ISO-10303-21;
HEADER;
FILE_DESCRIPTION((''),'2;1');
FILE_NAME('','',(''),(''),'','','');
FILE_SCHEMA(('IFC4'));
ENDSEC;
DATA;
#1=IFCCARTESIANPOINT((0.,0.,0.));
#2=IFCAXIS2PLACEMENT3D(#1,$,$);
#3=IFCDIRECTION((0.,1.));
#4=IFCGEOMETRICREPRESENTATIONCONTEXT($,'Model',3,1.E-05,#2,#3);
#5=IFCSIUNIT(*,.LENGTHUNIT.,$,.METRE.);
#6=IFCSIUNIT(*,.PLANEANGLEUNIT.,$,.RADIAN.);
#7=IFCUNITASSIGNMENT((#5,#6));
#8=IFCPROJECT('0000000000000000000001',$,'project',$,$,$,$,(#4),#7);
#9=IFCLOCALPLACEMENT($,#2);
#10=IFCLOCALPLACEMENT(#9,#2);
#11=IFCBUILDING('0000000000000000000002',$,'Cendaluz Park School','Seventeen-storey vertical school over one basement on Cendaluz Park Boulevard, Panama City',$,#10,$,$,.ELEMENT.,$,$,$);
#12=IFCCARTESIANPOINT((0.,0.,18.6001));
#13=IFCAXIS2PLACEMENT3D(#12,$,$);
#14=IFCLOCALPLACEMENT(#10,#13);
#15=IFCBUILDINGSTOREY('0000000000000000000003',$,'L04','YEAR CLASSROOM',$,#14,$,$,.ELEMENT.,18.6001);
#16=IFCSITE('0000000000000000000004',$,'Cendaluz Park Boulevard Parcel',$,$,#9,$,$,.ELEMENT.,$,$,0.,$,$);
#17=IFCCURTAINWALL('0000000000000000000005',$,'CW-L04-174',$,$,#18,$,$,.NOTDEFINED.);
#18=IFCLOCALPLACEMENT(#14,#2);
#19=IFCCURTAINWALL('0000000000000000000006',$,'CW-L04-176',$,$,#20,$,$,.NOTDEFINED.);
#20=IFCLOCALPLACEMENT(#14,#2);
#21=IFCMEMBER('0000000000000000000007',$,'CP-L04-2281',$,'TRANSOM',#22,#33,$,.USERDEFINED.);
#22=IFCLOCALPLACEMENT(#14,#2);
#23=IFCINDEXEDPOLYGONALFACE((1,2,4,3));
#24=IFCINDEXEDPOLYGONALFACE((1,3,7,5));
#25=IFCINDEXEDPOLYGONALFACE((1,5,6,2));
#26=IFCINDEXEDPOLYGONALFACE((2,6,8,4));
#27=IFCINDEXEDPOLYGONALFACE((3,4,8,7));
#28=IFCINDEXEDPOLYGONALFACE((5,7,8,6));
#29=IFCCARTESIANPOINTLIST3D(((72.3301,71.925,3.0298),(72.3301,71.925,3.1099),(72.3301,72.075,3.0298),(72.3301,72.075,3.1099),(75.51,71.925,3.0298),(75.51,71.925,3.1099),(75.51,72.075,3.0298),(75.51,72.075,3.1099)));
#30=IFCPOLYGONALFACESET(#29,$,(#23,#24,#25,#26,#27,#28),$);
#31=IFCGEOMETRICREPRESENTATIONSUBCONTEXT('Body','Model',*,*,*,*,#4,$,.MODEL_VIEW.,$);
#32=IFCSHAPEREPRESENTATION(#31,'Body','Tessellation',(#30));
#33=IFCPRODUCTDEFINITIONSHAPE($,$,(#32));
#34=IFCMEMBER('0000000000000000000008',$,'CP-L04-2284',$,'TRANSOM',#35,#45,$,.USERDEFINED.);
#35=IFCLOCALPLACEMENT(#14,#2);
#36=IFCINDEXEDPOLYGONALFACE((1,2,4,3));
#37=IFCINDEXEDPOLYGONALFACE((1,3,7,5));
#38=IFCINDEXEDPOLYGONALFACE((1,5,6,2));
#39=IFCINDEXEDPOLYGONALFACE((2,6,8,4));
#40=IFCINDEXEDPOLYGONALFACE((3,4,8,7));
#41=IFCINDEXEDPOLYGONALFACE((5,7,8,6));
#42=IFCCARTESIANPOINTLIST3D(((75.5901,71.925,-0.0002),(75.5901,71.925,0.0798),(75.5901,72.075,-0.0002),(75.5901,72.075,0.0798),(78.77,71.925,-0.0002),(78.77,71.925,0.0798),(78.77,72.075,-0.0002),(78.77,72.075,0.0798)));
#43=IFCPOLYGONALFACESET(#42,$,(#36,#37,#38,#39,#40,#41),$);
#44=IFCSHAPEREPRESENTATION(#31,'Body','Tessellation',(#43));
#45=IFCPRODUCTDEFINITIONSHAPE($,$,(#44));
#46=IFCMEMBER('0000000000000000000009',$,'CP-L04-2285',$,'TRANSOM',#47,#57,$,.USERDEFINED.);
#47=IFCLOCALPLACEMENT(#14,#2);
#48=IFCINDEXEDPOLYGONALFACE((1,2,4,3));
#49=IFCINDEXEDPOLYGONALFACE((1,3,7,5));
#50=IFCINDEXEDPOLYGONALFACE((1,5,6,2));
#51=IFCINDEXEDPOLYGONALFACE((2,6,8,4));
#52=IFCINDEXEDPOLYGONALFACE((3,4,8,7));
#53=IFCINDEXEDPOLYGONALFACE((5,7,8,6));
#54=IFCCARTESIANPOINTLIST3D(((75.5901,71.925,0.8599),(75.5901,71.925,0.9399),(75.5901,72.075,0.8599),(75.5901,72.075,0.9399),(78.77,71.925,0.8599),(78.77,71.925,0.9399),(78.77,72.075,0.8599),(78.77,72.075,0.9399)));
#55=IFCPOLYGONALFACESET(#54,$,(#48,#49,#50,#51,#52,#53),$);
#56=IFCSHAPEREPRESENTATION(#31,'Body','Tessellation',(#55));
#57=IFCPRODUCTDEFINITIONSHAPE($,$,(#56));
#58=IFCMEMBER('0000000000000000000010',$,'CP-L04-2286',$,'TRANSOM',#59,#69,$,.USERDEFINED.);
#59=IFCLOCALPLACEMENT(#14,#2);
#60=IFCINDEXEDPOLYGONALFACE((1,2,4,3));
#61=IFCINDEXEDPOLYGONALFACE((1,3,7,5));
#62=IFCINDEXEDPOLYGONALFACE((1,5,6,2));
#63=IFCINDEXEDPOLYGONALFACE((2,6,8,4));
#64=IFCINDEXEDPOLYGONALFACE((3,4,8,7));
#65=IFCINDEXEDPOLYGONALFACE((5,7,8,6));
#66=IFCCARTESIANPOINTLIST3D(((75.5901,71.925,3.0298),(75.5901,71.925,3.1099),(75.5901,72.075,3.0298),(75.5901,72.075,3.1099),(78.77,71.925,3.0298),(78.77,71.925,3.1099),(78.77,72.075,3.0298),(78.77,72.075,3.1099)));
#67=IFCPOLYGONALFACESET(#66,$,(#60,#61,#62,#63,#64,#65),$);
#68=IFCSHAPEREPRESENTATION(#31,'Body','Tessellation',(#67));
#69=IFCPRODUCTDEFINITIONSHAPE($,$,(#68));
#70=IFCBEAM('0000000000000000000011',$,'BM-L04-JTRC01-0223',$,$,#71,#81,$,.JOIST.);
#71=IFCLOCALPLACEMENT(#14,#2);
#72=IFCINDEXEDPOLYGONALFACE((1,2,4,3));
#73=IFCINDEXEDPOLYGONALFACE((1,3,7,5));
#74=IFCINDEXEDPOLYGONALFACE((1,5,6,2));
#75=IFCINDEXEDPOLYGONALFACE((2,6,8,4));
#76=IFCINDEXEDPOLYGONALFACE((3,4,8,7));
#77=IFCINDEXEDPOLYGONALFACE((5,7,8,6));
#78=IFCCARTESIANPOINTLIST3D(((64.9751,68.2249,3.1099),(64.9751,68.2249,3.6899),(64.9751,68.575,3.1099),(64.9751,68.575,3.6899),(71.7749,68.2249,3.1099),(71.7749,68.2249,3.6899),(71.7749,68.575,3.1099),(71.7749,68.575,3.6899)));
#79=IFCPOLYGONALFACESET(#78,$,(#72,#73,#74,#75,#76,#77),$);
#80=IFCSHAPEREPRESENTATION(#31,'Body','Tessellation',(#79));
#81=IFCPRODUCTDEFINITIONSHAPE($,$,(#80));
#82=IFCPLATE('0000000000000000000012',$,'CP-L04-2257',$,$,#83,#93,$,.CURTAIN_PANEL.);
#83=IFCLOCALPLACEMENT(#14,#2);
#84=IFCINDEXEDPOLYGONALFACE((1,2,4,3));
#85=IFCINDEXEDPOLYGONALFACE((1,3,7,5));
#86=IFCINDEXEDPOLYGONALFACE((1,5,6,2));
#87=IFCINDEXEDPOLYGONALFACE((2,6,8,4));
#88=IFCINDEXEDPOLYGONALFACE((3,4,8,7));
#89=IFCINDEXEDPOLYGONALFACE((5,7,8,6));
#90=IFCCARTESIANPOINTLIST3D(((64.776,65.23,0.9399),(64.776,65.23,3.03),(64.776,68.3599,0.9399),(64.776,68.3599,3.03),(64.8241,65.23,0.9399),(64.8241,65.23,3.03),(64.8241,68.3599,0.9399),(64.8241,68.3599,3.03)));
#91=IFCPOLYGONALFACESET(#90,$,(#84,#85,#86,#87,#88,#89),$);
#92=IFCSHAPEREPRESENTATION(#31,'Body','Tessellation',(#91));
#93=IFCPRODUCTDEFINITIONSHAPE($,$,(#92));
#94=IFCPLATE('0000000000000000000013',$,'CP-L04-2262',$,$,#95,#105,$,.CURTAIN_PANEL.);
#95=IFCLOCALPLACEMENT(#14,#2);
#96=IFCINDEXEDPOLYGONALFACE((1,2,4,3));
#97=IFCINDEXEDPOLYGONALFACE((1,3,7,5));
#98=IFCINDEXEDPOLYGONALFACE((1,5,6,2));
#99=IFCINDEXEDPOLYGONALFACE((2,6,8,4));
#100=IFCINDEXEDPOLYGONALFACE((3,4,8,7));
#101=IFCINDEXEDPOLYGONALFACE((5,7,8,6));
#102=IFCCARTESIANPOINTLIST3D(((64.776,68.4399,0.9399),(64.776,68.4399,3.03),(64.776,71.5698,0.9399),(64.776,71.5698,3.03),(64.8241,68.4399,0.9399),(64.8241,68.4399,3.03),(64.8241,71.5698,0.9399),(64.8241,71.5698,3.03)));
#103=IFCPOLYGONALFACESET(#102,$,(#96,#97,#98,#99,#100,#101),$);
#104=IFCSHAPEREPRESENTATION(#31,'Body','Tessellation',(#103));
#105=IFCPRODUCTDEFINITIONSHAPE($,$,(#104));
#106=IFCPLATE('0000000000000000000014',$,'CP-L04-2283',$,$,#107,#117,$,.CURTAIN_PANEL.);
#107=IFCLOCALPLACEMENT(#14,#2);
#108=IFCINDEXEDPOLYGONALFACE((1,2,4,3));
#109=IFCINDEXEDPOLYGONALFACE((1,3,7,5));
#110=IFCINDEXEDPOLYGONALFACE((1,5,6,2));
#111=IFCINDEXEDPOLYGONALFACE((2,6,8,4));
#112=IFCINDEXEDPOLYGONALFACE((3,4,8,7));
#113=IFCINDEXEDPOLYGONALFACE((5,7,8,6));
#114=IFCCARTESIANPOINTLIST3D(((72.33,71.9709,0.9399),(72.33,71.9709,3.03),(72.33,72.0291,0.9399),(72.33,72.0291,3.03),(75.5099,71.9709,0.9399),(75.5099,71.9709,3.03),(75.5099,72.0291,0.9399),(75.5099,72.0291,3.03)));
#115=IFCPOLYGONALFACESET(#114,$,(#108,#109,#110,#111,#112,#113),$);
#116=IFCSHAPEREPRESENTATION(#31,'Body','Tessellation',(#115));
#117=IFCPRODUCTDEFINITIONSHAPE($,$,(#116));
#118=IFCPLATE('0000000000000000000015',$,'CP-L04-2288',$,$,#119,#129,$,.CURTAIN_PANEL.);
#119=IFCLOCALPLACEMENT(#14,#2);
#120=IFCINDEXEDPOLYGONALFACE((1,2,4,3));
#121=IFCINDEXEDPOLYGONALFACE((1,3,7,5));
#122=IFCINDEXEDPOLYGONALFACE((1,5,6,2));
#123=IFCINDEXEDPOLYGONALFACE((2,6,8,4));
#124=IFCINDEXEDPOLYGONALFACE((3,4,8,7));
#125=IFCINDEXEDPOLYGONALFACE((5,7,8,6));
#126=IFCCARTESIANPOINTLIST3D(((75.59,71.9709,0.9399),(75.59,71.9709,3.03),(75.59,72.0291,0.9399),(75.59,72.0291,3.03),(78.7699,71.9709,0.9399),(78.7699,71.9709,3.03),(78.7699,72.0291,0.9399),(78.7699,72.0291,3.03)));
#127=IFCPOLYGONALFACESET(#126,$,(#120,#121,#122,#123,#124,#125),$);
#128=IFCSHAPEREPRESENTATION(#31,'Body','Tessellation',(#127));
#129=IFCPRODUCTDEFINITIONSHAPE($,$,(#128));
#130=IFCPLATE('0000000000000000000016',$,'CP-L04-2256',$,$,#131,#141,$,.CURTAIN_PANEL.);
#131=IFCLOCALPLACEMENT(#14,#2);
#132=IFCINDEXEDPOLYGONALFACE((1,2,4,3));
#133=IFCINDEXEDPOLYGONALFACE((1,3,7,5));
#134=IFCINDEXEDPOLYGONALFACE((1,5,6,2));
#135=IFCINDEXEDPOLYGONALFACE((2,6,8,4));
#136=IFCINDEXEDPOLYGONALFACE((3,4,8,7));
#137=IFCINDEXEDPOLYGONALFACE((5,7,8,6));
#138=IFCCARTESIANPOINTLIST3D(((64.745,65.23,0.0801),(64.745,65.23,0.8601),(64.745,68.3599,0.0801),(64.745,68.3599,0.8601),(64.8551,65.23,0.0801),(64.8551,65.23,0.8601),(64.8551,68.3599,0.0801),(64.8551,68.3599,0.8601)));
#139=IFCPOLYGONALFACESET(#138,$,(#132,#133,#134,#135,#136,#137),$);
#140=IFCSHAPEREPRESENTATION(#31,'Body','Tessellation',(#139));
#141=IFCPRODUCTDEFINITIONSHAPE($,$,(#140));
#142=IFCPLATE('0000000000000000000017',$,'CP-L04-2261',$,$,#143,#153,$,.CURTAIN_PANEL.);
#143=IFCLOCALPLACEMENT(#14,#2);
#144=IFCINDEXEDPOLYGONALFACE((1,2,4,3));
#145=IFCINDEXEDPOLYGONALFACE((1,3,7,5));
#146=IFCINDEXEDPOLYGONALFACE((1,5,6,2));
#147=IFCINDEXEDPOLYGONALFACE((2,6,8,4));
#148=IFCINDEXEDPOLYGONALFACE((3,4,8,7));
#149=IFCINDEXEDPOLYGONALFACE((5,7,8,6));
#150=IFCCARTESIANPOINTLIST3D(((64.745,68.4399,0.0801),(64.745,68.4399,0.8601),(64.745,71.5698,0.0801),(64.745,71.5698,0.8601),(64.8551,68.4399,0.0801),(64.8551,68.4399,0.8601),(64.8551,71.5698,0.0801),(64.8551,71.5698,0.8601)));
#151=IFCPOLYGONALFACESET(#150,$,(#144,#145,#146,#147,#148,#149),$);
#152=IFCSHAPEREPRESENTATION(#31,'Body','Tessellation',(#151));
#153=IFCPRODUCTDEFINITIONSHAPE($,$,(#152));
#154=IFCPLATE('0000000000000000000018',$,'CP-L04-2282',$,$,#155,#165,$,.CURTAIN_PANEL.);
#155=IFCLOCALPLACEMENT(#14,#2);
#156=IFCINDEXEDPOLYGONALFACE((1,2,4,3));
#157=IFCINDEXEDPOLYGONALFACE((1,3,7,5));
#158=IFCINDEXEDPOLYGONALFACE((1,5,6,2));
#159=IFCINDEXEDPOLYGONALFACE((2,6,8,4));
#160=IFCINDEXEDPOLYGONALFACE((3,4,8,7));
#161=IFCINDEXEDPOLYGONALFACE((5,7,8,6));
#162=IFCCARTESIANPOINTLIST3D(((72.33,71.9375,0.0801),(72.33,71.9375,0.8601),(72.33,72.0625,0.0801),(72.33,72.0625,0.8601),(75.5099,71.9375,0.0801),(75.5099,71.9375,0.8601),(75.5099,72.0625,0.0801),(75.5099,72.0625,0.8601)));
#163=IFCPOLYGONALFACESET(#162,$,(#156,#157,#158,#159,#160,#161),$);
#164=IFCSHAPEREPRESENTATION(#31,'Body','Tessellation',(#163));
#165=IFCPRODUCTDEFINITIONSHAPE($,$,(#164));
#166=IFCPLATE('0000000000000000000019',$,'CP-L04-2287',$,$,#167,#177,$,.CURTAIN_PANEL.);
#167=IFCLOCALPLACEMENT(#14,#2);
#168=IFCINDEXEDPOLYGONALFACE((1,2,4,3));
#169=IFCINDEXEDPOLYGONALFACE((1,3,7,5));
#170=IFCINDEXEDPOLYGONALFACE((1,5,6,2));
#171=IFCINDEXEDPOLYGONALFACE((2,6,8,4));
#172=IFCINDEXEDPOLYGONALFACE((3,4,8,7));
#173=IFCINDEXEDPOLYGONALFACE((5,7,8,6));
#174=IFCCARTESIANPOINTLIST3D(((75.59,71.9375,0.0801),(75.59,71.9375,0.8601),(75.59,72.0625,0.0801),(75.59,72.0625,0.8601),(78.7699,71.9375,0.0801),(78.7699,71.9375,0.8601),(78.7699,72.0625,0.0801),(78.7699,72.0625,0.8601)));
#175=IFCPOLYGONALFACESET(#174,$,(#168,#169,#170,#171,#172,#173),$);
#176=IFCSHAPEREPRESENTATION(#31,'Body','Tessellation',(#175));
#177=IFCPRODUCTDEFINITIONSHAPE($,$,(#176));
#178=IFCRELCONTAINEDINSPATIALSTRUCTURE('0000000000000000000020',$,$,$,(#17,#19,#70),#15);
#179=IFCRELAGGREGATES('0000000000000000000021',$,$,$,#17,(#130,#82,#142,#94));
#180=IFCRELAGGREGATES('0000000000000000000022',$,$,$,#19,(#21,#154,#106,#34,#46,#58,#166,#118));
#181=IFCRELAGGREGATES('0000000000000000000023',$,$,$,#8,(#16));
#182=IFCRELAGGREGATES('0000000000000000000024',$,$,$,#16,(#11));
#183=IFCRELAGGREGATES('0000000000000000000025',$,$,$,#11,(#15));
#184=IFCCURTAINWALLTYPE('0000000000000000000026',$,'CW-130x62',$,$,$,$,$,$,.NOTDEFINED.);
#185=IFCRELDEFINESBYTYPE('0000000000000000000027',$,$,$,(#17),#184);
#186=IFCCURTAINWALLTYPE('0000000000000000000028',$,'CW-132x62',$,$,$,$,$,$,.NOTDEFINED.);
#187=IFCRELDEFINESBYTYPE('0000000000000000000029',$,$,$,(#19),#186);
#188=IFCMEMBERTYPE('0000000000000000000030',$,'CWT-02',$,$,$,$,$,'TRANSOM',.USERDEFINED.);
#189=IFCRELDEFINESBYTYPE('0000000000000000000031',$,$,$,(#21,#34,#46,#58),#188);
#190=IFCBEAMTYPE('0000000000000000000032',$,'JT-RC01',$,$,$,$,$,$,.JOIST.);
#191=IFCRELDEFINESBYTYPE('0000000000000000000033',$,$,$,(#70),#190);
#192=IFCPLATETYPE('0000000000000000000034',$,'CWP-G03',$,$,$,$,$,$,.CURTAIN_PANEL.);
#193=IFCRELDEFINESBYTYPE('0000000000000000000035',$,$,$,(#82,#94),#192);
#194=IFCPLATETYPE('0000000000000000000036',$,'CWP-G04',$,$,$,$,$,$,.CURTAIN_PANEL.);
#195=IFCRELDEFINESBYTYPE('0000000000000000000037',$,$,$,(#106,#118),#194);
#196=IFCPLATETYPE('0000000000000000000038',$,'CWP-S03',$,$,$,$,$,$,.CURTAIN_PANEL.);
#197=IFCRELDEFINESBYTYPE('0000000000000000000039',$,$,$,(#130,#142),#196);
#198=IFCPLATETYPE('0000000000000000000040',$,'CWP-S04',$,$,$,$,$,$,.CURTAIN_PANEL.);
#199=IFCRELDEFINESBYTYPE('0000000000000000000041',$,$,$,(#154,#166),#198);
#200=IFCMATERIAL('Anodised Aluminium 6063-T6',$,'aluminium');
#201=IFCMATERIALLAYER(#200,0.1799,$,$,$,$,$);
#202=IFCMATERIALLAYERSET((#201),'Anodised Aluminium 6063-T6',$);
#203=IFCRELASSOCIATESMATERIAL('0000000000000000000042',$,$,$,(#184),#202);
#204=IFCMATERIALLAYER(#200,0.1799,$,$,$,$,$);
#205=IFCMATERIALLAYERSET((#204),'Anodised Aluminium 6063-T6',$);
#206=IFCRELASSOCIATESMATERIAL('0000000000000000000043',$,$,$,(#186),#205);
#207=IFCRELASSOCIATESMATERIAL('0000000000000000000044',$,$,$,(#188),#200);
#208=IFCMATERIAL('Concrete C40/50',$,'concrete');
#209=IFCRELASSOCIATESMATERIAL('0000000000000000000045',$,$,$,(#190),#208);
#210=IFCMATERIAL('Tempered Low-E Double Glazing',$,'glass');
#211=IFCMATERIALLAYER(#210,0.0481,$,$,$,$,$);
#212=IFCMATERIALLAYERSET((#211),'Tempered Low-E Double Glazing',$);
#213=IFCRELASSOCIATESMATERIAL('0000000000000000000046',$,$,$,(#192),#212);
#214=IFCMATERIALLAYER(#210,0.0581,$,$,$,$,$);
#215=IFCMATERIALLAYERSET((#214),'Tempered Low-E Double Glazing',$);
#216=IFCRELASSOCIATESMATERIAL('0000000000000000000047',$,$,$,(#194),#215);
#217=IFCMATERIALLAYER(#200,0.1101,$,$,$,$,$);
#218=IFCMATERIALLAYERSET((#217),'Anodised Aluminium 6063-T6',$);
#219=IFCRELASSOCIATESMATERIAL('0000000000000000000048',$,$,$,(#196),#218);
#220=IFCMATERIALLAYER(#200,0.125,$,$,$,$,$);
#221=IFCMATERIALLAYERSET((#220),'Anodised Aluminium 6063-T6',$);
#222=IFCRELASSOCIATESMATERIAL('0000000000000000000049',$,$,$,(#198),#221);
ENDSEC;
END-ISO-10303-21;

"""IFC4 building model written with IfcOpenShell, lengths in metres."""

from ifc_helpers import new_model, si_unit, direction, frame, origin, origin_2d, place, context, subcontext, project, spatial, rectangle, extrude, material, layer, layer_set, material_profile, profile_set, type_object, element, aggregate, save


model = new_model("IFC4")

# Units and contexts
model_context = context("Model", 3, precision=1e-05, world=origin(), true_north=direction((0.0, 1.0)))
body_context = subcontext(model_context, "Body", "Model", "MODEL_VIEW")
ifc_project = project(units=[si_unit("LENGTHUNIT", "METRE"), si_unit("PLANEANGLEUNIT", "RADIAN")], contexts=[model_context])

# Site, building, storey
site_placement = place(None, origin())
site = spatial("IfcSite", under=ifc_project, at=site_placement, Name="Cendaluz Park Boulevard Parcel", CompositionType="ELEMENT", RefElevation=0.0)
building_placement = place(site_placement, origin())
building = spatial("IfcBuilding", under=site, at=building_placement, Name="Cendaluz Park School", Description="Seventeen-storey vertical school over one basement on Cendaluz Park Boulevard, Panama City", CompositionType="ELEMENT")
storey_placement = place(building_placement, frame((0.0, 0.0, 18.6001)))
storey = spatial("IfcBuildingStorey", under=building, at=storey_placement, Name="L04", Description="YEAR CLASSROOM", CompositionType="ELEMENT", Elevation=18.6001)

# Shared definitions
ifc_material_1 = material(Name="Concrete C40/50", Category="concrete")

# Curtain walls
ifc_material_2 = material(Name="Anodised Aluminium 6063-T6", Category="aluminium")
ifc_layer_1 = layer(ifc_material_2, 0.1799)
ifc_layer_set_1 = layer_set([ifc_layer_1], Name="Anodised Aluminium 6063-T6")
curtain_wall_type_1 = type_object("IfcCurtainWallType", Name="CW-130x62", PredefinedType="NOTDEFINED", material=ifc_layer_set_1)
curtain_wall_1_placement = place(storey_placement, origin())
curtain_wall_1 = element("IfcCurtainWall", 1, at=curtain_wall_1_placement, inside=storey, type_object=curtain_wall_type_1, Name="CW-L04-174", PredefinedType="NOTDEFINED")
ifc_layer_2 = layer(ifc_material_2, 0.1799)
ifc_layer_set_2 = layer_set([ifc_layer_2], Name="Anodised Aluminium 6063-T6")
curtain_wall_type_2 = type_object("IfcCurtainWallType", Name="CW-132x62", PredefinedType="NOTDEFINED", material=ifc_layer_set_2)
curtain_wall_2_placement = place(storey_placement, origin())
curtain_wall_2 = element("IfcCurtainWall", 2, at=curtain_wall_2_placement, inside=storey, type_object=curtain_wall_type_2, Name="CW-L04-176", PredefinedType="NOTDEFINED")

# Members
ifc_material_profile_1 = material_profile(ifc_material_2, rectangle(XDim=0.1499, YDim=0.0801, at=origin_2d()), Name="CWT 150x80", Category="aluminium")
ifc_profile_set_1 = profile_set([ifc_material_profile_1], Name="Anodised Aluminium 6063-T6")
member_type_1 = type_object("IfcMemberType", Name="CWT-02", ElementType="TRANSOM", PredefinedType="USERDEFINED", material=ifc_profile_set_1)
member_1_placement = place(storey_placement, frame((72.3301, 72.0, 3.0698), z_axis=(1.0, 0.0, 0.0), x_axis=(0.0, 1.0, 0.0)))
member_1 = element("IfcMember", 3, at=member_1_placement, type_object=member_type_1, Name="CP-L04-2281", ObjectType="TRANSOM", PredefinedType="USERDEFINED", context=body_context, shape_type="SweptSolid", body=[
    extrude(rectangle(XDim=0.1499, YDim=0.0801, at=origin_2d()), origin(), (0.0, 0.0, 1.0), 3.1799),
])
member_2_placement = place(storey_placement, frame((75.5901, 72.0, 0.0398), z_axis=(1.0, 0.0, 0.0), x_axis=(0.0, 1.0, 0.0)))
member_2 = element("IfcMember", 4, at=member_2_placement, type_object=member_type_1, Name="CP-L04-2284", ObjectType="TRANSOM", PredefinedType="USERDEFINED", context=body_context, shape_type="SweptSolid", body=[
    extrude(rectangle(XDim=0.1499, YDim=0.0801, at=origin_2d()), origin(), (0.0, 0.0, 1.0), 3.1799),
])
member_3_placement = place(storey_placement, frame((75.5901, 72.0, 0.8999), z_axis=(1.0, 0.0, 0.0), x_axis=(0.0, 1.0, 0.0)))
member_3 = element("IfcMember", 5, at=member_3_placement, type_object=member_type_1, Name="CP-L04-2285", ObjectType="TRANSOM", PredefinedType="USERDEFINED", context=body_context, shape_type="SweptSolid", body=[
    extrude(rectangle(XDim=0.1499, YDim=0.0801, at=origin_2d()), origin(), (0.0, 0.0, 1.0), 3.1799),
])
member_4_placement = place(storey_placement, frame((75.5901, 72.0, 3.0698), z_axis=(1.0, 0.0, 0.0), x_axis=(0.0, 1.0, 0.0)))
member_4 = element("IfcMember", 6, at=member_4_placement, type_object=member_type_1, Name="CP-L04-2286", ObjectType="TRANSOM", PredefinedType="USERDEFINED", context=body_context, shape_type="SweptSolid", body=[
    extrude(rectangle(XDim=0.1499, YDim=0.0801, at=origin_2d()), origin(), (0.0, 0.0, 1.0), 3.1799),
])

# Beam
ifc_material_profile_2 = material_profile(ifc_material_1, rectangle(XDim=0.3501, YDim=0.5801, at=origin_2d()), Name="RC 350x580", Category="concrete")
ifc_profile_set_2 = profile_set([ifc_material_profile_2], Name="Concrete C40/50")
beam_type_1 = type_object("IfcBeamType", Name="JT-RC01", PredefinedType="JOIST", material=ifc_profile_set_2)
beam_placement = place(storey_placement, frame((64.9751, 68.3999, 3.3999), z_axis=(1.0, 0.0, 0.0), x_axis=(0.0, 1.0, 0.0)))
element("IfcBeam", 7, at=beam_placement, inside=storey, type_object=beam_type_1, Name="BM-L04-JTRC01-0223", PredefinedType="JOIST", context=body_context, shape_type="SweptSolid", body=[
    extrude(rectangle(XDim=0.3501, YDim=0.5801, at=origin_2d()), origin(), (0.0, 0.0, 1.0), 6.7998),
])

# Plates
ifc_material_3 = material(Name="Tempered Low-E Double Glazing", Category="glass")
ifc_layer_3 = layer(ifc_material_3, 0.0481)
ifc_layer_set_3 = layer_set([ifc_layer_3], Name="Tempered Low-E Double Glazing")
plate_type_1 = type_object("IfcPlateType", Name="CWP-G03", PredefinedType="CURTAIN_PANEL", material=ifc_layer_set_3)
plate_1_placement = place(storey_placement, frame((64.8, 66.7949, 0.9399), z_axis=(0.0, 0.0, 1.0), x_axis=(0.0, 1.0, 0.0)))
plate_1 = element("IfcPlate", 8, at=plate_1_placement, type_object=plate_type_1, Name="CP-L04-2257", PredefinedType="CURTAIN_PANEL", context=body_context, shape_type="SweptSolid", body=[
    extrude(rectangle(XDim=3.1299, YDim=0.0481, at=origin_2d()), origin(), (0.0, 0.0, 1.0), 2.0901),
])
plate_2_placement = place(storey_placement, frame((64.8, 70.0049, 0.9399), z_axis=(0.0, 0.0, 1.0), x_axis=(0.0, 1.0, 0.0)))
plate_2 = element("IfcPlate", 9, at=plate_2_placement, type_object=plate_type_1, Name="CP-L04-2262", PredefinedType="CURTAIN_PANEL", context=body_context, shape_type="SweptSolid", body=[
    extrude(rectangle(XDim=3.1299, YDim=0.0481, at=origin_2d()), origin(), (0.0, 0.0, 1.0), 2.0901),
])
ifc_layer_4 = layer(ifc_material_3, 0.0581)
ifc_layer_set_4 = layer_set([ifc_layer_4], Name="Tempered Low-E Double Glazing")
plate_type_2 = type_object("IfcPlateType", Name="CWP-G04", PredefinedType="CURTAIN_PANEL", material=ifc_layer_set_4)
plate_3_placement = place(storey_placement, frame((73.9199, 72.0, 0.9399), z_axis=(0.0, 0.0, 1.0), x_axis=(1.0, 0.0, 0.0)))
plate_3 = element("IfcPlate", 10, at=plate_3_placement, type_object=plate_type_2, Name="CP-L04-2283", PredefinedType="CURTAIN_PANEL", context=body_context, shape_type="SweptSolid", body=[
    extrude(rectangle(XDim=3.1799, YDim=0.0581, at=origin_2d()), origin(), (0.0, 0.0, 1.0), 2.0901),
])
plate_4_placement = place(storey_placement, frame((77.1799, 72.0, 0.9399), z_axis=(0.0, 0.0, 1.0), x_axis=(1.0, 0.0, 0.0)))
plate_4 = element("IfcPlate", 11, at=plate_4_placement, type_object=plate_type_2, Name="CP-L04-2288", PredefinedType="CURTAIN_PANEL", context=body_context, shape_type="SweptSolid", body=[
    extrude(rectangle(XDim=3.1799, YDim=0.0581, at=origin_2d()), origin(), (0.0, 0.0, 1.0), 2.0901),
])
ifc_layer_5 = layer(ifc_material_2, 0.1101)
ifc_layer_set_5 = layer_set([ifc_layer_5], Name="Anodised Aluminium 6063-T6")
plate_type_3 = type_object("IfcPlateType", Name="CWP-S03", PredefinedType="CURTAIN_PANEL", material=ifc_layer_set_5)
plate_5_placement = place(storey_placement, frame((64.8, 66.7949, 0.0801), z_axis=(0.0, 0.0, 1.0), x_axis=(0.0, 1.0, 0.0)))
plate_5 = element("IfcPlate", 12, at=plate_5_placement, type_object=plate_type_3, Name="CP-L04-2256", PredefinedType="CURTAIN_PANEL", context=body_context, shape_type="SweptSolid", body=[
    extrude(rectangle(XDim=3.1299, YDim=0.1101, at=origin_2d()), origin(), (0.0, 0.0, 1.0), 0.78),
])
plate_6_placement = place(storey_placement, frame((64.8, 70.0049, 0.0801), z_axis=(0.0, 0.0, 1.0), x_axis=(0.0, 1.0, 0.0)))
plate_6 = element("IfcPlate", 13, at=plate_6_placement, type_object=plate_type_3, Name="CP-L04-2261", PredefinedType="CURTAIN_PANEL", context=body_context, shape_type="SweptSolid", body=[
    extrude(rectangle(XDim=3.1299, YDim=0.1101, at=origin_2d()), origin(), (0.0, 0.0, 1.0), 0.78),
])
aggregate(curtain_wall_1, [plate_5, plate_1, plate_6, plate_2])
ifc_layer_6 = layer(ifc_material_2, 0.125)
ifc_layer_set_6 = layer_set([ifc_layer_6], Name="Anodised Aluminium 6063-T6")
plate_type_4 = type_object("IfcPlateType", Name="CWP-S04", PredefinedType="CURTAIN_PANEL", material=ifc_layer_set_6)
plate_7_placement = place(storey_placement, frame((73.9199, 72.0, 0.0801), z_axis=(0.0, 0.0, 1.0), x_axis=(1.0, 0.0, 0.0)))
plate_7 = element("IfcPlate", 14, at=plate_7_placement, type_object=plate_type_4, Name="CP-L04-2282", PredefinedType="CURTAIN_PANEL", context=body_context, shape_type="SweptSolid", body=[
    extrude(rectangle(XDim=3.1799, YDim=0.125, at=origin_2d()), origin(), (0.0, 0.0, 1.0), 0.78),
])
plate_8_placement = place(storey_placement, frame((77.1799, 72.0, 0.0801), z_axis=(0.0, 0.0, 1.0), x_axis=(1.0, 0.0, 0.0)))
plate_8 = element("IfcPlate", 15, at=plate_8_placement, type_object=plate_type_4, Name="CP-L04-2287", PredefinedType="CURTAIN_PANEL", context=body_context, shape_type="SweptSolid", body=[
    extrude(rectangle(XDim=3.1799, YDim=0.125, at=origin_2d()), origin(), (0.0, 0.0, 1.0), 0.78),
])
aggregate(curtain_wall_2, [member_1, plate_7, plate_3, member_2, member_3, member_4, plate_8, plate_4])

save(model, "model.ifc")
